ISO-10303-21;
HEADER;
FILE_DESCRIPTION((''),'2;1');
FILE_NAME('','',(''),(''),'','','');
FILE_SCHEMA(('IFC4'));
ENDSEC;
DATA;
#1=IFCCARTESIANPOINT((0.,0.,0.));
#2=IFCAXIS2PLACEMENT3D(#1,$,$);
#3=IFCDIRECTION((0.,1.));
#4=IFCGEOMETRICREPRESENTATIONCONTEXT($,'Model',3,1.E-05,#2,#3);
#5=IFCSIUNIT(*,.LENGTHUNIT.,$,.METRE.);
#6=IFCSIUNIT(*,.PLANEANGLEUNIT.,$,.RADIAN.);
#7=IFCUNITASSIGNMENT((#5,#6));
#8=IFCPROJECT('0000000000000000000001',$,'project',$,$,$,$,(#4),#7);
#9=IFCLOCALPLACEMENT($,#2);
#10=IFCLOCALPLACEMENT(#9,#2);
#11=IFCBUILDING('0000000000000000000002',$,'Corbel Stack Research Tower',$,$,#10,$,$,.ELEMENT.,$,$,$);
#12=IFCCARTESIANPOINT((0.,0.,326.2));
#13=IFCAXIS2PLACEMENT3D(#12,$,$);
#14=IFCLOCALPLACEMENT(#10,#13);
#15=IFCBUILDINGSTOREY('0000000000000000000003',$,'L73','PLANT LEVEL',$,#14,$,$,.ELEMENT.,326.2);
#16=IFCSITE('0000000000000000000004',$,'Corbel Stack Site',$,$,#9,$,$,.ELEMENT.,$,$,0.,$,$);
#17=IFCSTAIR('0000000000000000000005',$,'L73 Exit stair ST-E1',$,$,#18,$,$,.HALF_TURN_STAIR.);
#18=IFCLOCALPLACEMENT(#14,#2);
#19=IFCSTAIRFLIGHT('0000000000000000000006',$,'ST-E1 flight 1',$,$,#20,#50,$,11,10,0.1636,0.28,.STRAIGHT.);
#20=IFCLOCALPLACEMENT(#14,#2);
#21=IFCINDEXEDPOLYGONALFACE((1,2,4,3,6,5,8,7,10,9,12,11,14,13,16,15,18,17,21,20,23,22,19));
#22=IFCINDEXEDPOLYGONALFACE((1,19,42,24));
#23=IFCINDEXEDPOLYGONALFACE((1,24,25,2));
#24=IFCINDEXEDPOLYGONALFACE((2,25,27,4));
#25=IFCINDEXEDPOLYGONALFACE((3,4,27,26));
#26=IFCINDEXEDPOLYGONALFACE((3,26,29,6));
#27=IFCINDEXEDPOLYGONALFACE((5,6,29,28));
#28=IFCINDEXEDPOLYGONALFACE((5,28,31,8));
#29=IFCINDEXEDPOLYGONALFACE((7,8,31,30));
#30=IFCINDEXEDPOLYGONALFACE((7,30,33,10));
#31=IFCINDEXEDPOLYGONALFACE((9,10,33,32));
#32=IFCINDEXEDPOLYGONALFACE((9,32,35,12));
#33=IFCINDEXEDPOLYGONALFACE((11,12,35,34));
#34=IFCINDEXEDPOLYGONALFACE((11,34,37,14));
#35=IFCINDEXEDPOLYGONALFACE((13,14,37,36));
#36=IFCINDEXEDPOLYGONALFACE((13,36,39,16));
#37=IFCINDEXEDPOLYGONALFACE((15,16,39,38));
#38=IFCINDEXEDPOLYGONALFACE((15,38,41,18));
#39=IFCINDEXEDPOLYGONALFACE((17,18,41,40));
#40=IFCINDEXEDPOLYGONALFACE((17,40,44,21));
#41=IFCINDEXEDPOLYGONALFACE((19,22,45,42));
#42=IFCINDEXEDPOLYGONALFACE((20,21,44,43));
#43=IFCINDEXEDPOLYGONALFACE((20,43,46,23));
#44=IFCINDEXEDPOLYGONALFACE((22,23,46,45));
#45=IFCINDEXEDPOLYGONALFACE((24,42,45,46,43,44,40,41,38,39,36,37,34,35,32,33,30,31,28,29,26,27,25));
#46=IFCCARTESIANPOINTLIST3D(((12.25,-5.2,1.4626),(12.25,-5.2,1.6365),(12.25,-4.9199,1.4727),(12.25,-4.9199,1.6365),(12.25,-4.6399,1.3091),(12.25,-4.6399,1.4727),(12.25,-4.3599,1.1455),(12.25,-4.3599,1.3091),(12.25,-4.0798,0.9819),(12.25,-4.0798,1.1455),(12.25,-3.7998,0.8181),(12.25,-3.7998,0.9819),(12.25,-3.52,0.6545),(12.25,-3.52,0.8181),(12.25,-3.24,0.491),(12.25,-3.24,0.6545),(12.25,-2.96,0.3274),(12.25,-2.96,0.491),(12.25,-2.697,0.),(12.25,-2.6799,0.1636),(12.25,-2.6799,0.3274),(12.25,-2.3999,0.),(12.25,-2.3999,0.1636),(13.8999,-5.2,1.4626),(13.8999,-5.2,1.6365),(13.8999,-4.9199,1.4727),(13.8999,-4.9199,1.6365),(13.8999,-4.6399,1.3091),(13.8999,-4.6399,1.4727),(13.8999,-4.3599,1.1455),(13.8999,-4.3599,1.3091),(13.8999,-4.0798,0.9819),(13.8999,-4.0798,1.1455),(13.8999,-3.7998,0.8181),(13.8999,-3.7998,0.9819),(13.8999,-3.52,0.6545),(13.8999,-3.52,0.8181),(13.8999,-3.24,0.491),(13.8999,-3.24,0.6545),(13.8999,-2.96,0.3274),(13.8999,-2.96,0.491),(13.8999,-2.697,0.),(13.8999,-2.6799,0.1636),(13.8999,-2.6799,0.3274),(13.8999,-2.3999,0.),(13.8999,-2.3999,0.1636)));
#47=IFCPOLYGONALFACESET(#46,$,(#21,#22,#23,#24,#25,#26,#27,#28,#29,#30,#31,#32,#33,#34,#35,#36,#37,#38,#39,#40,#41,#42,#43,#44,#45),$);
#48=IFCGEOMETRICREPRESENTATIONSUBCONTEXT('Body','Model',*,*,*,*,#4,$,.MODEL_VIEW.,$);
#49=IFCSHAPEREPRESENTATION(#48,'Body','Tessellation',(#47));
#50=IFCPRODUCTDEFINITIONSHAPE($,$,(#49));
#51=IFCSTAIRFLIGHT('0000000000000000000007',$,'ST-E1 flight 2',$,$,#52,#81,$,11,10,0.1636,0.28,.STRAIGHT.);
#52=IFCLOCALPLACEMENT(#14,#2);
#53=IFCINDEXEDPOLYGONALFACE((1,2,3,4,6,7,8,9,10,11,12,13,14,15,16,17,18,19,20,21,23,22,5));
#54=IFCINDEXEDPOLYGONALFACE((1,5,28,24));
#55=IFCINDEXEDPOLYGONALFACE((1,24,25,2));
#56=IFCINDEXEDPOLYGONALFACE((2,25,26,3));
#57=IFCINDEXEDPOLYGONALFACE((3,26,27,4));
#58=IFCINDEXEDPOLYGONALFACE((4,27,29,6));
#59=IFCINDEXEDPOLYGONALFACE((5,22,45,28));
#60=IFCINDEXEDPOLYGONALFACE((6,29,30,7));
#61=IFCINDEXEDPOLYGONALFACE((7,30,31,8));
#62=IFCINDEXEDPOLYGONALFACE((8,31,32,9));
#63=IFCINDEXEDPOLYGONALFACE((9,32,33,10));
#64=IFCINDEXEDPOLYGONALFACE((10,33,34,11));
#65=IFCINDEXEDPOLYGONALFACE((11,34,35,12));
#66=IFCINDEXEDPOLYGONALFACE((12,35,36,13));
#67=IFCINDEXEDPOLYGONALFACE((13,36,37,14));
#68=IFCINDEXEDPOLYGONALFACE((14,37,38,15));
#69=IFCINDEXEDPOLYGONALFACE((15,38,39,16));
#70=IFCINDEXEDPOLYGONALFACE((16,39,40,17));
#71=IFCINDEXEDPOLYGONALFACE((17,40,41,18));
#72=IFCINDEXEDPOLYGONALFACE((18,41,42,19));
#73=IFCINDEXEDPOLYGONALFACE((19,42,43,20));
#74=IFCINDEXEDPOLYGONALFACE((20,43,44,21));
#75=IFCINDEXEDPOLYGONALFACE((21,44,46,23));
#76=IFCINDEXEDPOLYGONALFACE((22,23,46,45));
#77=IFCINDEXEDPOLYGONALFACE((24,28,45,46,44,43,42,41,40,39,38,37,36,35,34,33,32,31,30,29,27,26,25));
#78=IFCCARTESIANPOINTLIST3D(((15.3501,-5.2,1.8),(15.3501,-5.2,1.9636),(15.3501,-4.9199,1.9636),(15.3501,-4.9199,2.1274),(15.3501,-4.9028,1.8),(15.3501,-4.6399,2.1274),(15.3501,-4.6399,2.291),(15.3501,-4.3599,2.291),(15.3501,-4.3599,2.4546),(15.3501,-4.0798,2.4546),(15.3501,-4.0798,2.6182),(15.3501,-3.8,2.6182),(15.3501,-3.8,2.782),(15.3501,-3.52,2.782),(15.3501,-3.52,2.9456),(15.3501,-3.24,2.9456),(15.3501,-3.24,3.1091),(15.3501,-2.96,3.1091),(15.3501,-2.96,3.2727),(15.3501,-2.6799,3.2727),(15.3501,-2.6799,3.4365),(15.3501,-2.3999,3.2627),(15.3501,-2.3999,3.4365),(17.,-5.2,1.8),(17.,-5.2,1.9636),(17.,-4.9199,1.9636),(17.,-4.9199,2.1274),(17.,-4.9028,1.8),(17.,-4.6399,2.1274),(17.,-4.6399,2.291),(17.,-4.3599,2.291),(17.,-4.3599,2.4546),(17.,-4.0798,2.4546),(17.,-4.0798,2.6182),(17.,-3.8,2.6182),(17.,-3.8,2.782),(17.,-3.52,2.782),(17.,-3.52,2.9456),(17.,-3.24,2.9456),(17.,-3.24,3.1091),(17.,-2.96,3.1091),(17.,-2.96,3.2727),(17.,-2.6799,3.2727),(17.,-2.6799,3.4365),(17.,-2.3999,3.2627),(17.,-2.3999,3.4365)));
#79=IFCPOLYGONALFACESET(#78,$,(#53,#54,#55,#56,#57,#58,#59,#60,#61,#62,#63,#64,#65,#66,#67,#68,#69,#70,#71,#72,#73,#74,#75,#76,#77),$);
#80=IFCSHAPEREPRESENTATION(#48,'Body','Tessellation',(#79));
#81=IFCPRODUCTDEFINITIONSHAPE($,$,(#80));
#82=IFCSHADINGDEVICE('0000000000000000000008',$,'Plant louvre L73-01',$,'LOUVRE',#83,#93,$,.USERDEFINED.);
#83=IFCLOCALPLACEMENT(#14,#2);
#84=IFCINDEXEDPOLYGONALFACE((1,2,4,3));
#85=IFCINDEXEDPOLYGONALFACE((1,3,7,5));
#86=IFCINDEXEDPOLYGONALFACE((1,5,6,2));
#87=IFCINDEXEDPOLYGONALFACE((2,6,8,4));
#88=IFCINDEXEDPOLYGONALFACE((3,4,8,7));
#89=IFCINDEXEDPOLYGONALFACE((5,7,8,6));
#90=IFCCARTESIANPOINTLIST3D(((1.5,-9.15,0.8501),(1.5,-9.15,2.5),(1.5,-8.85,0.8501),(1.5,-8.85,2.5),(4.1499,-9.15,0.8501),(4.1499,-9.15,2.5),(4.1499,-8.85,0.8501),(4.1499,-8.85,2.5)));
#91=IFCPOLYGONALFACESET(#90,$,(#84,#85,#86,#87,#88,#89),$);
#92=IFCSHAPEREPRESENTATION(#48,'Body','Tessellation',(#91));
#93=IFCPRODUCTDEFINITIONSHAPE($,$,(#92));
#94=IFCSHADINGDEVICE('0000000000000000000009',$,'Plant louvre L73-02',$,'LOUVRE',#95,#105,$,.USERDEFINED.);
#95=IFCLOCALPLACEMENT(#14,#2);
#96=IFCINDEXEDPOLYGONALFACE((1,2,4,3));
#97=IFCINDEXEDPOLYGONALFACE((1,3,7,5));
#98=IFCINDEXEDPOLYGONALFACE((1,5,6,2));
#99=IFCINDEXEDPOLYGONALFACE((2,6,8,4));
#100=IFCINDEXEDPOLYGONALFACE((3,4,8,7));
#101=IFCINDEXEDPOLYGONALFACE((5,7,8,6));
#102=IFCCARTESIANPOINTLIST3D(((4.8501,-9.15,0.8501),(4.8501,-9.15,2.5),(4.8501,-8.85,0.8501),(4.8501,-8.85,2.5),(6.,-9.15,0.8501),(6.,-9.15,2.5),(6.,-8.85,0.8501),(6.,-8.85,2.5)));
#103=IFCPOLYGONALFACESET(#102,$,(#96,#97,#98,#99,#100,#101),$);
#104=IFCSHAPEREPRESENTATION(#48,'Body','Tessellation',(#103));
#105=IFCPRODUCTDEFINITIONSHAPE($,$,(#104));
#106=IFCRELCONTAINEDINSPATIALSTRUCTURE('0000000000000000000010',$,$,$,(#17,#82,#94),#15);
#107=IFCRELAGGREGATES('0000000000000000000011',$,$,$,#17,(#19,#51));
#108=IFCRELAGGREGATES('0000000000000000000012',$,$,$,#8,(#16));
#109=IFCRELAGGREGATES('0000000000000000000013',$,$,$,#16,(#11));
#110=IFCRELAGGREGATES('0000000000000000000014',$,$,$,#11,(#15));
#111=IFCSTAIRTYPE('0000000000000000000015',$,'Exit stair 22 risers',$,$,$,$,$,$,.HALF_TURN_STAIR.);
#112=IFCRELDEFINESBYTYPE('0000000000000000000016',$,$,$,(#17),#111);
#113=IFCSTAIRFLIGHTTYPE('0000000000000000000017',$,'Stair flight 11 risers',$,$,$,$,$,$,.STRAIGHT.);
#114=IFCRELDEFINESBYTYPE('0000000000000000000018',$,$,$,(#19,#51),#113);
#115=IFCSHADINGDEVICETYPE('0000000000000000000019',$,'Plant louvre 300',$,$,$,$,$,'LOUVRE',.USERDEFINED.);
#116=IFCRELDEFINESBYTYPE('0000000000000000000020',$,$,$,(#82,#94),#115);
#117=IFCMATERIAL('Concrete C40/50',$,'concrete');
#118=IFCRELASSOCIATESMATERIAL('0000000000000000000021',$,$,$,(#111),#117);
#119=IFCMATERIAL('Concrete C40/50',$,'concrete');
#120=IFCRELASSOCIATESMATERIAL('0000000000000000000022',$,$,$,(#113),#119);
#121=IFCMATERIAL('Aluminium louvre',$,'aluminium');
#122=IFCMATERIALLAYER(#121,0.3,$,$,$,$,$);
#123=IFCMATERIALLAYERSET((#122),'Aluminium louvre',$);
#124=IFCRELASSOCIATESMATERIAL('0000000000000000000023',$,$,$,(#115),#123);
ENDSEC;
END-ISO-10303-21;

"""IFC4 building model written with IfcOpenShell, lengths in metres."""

from ifc_helpers import new_model, si_unit, direction, frame, origin, origin_2d, place, context, subcontext, project, spatial, polyline, rectangle, outline, extrude, material, layer, layer_set, type_object, element, aggregate, save


model = new_model("IFC4")

# Units and contexts
model_context = context("Model", 3, precision=1e-05, world=origin(), true_north=direction((0.0, 1.0)))
body_context = subcontext(model_context, "Body", "Model", "MODEL_VIEW")
ifc_project = project(units=[si_unit("LENGTHUNIT", "METRE"), si_unit("PLANEANGLEUNIT", "RADIAN")], contexts=[model_context])

# Site, building, storey
site_placement = place(None, origin())
site = spatial("IfcSite", under=ifc_project, at=site_placement, Name="Corbel Stack Site", CompositionType="ELEMENT", RefElevation=0.0)
building_placement = place(site_placement, origin())
building = spatial("IfcBuilding", under=site, at=building_placement, Name="Corbel Stack Research Tower", CompositionType="ELEMENT")
storey_placement = place(building_placement, frame((0.0, 0.0, 326.2)))
storey = spatial("IfcBuildingStorey", under=building, at=storey_placement, Name="L73", Description="PLANT LEVEL", CompositionType="ELEMENT", Elevation=326.2)

# Stair, stair flights
ifc_material_1 = material(Name="Concrete C40/50", Category="concrete")
stair_type = type_object("IfcStairType", Name="Exit stair 22 risers", PredefinedType="HALF_TURN_STAIR", material=ifc_material_1)
stair_placement = place(storey_placement, origin())
stair = element("IfcStair", 1, at=stair_placement, inside=storey, type_object=stair_type, Name="L73 Exit stair ST-E1", PredefinedType="HALF_TURN_STAIR")
ifc_material_2 = material(Name="Concrete C40/50", Category="concrete")
stair_flight_type = type_object("IfcStairFlightType", Name="Stair flight 11 risers", PredefinedType="STRAIGHT", material=ifc_material_2)
stair_flight_1_placement = place(storey_placement, frame((13.075, -2.3999, 0.0), z_axis=(0.0, 0.0, 1.0), x_axis=(0.0, -1.0, 0.0)))
stair_flight_1 = element("IfcStairFlight", 2, at=stair_flight_1_placement, type_object=stair_flight_type, Name="ST-E1 flight 1", NumberOfRisers=11, NumberOfTreads=10, PredefinedType="STRAIGHT", RiserHeight=0.1636, TreadLength=0.28, context=body_context, shape_type="SweptSolid", body=[
    extrude(outline(polyline([(0.0, 0.0), (0.0, 0.1636), (0.28, 0.1636), (0.28, 0.3274), (0.5601, 0.3274), (0.5601, 0.491), (0.8401, 0.491), (0.8401, 0.6545), (1.1201, 0.6545), (1.1201, 0.8181), (1.3999, 0.8181), (1.3999, 0.9819), (1.6799, 0.9819), (1.6799, 1.1455), (1.96, 1.1455), (1.96, 1.3091), (2.24, 1.3091), (2.24, 1.4727), (2.52, 1.4727), (2.52, 1.6365), (2.8, 1.6365), (2.8, 1.8), (2.8, 1.4626), (0.2971, 0.0), (0.0, 0.0)])), frame((0.0, 0.825, 0.0), z_axis=(0.0, -1.0, 0.0), x_axis=(1.0, 0.0, 0.0)), (0.0, 0.0, 1.0), 1.6499),
])
stair_flight_2_placement = place(storey_placement, frame((16.175, -5.2, 1.8), z_axis=(0.0, 0.0, 1.0), x_axis=(0.0, 1.0, 0.0)))
stair_flight_2 = element("IfcStairFlight", 3, at=stair_flight_2_placement, type_object=stair_flight_type, Name="ST-E1 flight 2", NumberOfRisers=11, NumberOfTreads=10, PredefinedType="STRAIGHT", RiserHeight=0.1636, TreadLength=0.28, context=body_context, shape_type="SweptSolid", body=[
    extrude(outline(polyline([(0.0, 0.0), (0.0, 0.1636), (0.28, 0.1636), (0.28, 0.3274), (0.5601, 0.3274), (0.5601, 0.491), (0.8401, 0.491), (0.8401, 0.6545), (1.1201, 0.6545), (1.1201, 0.8181), (1.3999, 0.8181), (1.3999, 0.9819), (1.6799, 0.9819), (1.6799, 1.1455), (1.96, 1.1455), (1.96, 1.3091), (2.24, 1.3091), (2.24, 1.4727), (2.52, 1.4727), (2.52, 1.6365), (2.8, 1.6365), (2.8, 1.8), (2.8, 1.4626), (0.2971, 0.0), (0.0, 0.0)])), frame((0.0, 0.825, 0.0), z_axis=(0.0, -1.0, 0.0), x_axis=(1.0, 0.0, 0.0)), (0.0, 0.0, 1.0), 1.6499),
])
aggregate(stair, [stair_flight_1, stair_flight_2])

# Shading devices
ifc_material_3 = material(Name="Aluminium louvre", Category="aluminium")
ifc_layer_1 = layer(ifc_material_3, 0.3)
ifc_layer_set_1 = layer_set([ifc_layer_1], Name="Aluminium louvre")
shading_device_type = type_object("IfcShadingDeviceType", Name="Plant louvre 300", ElementType="LOUVRE", PredefinedType="USERDEFINED", material=ifc_layer_set_1)
shading_device_1_placement = place(storey_placement, frame((2.825, -9.0, 0.8501), z_axis=(0.0, 0.0, 1.0), x_axis=(1.0, 0.0, 0.0)))
element("IfcShadingDevice", 4, at=shading_device_1_placement, inside=storey, type_object=shading_device_type, Name="Plant louvre L73-01", ObjectType="LOUVRE", PredefinedType="USERDEFINED", context=body_context, shape_type="SweptSolid", body=[
    extrude(rectangle(XDim=2.6499, YDim=0.3, at=origin_2d()), origin(), (0.0, 0.0, 1.0), 1.6499),
])
shading_device_2_placement = place(storey_placement, frame((5.425, -9.0, 0.8501), z_axis=(0.0, 0.0, 1.0), x_axis=(1.0, 0.0, 0.0)))
element("IfcShadingDevice", 5, at=shading_device_2_placement, inside=storey, type_object=shading_device_type, Name="Plant louvre L73-02", ObjectType="LOUVRE", PredefinedType="USERDEFINED", context=body_context, shape_type="SweptSolid", body=[
    extrude(rectangle(XDim=1.1499, YDim=0.3, at=origin_2d()), origin(), (0.0, 0.0, 1.0), 1.6499),
])

save(model, "model.ifc")
